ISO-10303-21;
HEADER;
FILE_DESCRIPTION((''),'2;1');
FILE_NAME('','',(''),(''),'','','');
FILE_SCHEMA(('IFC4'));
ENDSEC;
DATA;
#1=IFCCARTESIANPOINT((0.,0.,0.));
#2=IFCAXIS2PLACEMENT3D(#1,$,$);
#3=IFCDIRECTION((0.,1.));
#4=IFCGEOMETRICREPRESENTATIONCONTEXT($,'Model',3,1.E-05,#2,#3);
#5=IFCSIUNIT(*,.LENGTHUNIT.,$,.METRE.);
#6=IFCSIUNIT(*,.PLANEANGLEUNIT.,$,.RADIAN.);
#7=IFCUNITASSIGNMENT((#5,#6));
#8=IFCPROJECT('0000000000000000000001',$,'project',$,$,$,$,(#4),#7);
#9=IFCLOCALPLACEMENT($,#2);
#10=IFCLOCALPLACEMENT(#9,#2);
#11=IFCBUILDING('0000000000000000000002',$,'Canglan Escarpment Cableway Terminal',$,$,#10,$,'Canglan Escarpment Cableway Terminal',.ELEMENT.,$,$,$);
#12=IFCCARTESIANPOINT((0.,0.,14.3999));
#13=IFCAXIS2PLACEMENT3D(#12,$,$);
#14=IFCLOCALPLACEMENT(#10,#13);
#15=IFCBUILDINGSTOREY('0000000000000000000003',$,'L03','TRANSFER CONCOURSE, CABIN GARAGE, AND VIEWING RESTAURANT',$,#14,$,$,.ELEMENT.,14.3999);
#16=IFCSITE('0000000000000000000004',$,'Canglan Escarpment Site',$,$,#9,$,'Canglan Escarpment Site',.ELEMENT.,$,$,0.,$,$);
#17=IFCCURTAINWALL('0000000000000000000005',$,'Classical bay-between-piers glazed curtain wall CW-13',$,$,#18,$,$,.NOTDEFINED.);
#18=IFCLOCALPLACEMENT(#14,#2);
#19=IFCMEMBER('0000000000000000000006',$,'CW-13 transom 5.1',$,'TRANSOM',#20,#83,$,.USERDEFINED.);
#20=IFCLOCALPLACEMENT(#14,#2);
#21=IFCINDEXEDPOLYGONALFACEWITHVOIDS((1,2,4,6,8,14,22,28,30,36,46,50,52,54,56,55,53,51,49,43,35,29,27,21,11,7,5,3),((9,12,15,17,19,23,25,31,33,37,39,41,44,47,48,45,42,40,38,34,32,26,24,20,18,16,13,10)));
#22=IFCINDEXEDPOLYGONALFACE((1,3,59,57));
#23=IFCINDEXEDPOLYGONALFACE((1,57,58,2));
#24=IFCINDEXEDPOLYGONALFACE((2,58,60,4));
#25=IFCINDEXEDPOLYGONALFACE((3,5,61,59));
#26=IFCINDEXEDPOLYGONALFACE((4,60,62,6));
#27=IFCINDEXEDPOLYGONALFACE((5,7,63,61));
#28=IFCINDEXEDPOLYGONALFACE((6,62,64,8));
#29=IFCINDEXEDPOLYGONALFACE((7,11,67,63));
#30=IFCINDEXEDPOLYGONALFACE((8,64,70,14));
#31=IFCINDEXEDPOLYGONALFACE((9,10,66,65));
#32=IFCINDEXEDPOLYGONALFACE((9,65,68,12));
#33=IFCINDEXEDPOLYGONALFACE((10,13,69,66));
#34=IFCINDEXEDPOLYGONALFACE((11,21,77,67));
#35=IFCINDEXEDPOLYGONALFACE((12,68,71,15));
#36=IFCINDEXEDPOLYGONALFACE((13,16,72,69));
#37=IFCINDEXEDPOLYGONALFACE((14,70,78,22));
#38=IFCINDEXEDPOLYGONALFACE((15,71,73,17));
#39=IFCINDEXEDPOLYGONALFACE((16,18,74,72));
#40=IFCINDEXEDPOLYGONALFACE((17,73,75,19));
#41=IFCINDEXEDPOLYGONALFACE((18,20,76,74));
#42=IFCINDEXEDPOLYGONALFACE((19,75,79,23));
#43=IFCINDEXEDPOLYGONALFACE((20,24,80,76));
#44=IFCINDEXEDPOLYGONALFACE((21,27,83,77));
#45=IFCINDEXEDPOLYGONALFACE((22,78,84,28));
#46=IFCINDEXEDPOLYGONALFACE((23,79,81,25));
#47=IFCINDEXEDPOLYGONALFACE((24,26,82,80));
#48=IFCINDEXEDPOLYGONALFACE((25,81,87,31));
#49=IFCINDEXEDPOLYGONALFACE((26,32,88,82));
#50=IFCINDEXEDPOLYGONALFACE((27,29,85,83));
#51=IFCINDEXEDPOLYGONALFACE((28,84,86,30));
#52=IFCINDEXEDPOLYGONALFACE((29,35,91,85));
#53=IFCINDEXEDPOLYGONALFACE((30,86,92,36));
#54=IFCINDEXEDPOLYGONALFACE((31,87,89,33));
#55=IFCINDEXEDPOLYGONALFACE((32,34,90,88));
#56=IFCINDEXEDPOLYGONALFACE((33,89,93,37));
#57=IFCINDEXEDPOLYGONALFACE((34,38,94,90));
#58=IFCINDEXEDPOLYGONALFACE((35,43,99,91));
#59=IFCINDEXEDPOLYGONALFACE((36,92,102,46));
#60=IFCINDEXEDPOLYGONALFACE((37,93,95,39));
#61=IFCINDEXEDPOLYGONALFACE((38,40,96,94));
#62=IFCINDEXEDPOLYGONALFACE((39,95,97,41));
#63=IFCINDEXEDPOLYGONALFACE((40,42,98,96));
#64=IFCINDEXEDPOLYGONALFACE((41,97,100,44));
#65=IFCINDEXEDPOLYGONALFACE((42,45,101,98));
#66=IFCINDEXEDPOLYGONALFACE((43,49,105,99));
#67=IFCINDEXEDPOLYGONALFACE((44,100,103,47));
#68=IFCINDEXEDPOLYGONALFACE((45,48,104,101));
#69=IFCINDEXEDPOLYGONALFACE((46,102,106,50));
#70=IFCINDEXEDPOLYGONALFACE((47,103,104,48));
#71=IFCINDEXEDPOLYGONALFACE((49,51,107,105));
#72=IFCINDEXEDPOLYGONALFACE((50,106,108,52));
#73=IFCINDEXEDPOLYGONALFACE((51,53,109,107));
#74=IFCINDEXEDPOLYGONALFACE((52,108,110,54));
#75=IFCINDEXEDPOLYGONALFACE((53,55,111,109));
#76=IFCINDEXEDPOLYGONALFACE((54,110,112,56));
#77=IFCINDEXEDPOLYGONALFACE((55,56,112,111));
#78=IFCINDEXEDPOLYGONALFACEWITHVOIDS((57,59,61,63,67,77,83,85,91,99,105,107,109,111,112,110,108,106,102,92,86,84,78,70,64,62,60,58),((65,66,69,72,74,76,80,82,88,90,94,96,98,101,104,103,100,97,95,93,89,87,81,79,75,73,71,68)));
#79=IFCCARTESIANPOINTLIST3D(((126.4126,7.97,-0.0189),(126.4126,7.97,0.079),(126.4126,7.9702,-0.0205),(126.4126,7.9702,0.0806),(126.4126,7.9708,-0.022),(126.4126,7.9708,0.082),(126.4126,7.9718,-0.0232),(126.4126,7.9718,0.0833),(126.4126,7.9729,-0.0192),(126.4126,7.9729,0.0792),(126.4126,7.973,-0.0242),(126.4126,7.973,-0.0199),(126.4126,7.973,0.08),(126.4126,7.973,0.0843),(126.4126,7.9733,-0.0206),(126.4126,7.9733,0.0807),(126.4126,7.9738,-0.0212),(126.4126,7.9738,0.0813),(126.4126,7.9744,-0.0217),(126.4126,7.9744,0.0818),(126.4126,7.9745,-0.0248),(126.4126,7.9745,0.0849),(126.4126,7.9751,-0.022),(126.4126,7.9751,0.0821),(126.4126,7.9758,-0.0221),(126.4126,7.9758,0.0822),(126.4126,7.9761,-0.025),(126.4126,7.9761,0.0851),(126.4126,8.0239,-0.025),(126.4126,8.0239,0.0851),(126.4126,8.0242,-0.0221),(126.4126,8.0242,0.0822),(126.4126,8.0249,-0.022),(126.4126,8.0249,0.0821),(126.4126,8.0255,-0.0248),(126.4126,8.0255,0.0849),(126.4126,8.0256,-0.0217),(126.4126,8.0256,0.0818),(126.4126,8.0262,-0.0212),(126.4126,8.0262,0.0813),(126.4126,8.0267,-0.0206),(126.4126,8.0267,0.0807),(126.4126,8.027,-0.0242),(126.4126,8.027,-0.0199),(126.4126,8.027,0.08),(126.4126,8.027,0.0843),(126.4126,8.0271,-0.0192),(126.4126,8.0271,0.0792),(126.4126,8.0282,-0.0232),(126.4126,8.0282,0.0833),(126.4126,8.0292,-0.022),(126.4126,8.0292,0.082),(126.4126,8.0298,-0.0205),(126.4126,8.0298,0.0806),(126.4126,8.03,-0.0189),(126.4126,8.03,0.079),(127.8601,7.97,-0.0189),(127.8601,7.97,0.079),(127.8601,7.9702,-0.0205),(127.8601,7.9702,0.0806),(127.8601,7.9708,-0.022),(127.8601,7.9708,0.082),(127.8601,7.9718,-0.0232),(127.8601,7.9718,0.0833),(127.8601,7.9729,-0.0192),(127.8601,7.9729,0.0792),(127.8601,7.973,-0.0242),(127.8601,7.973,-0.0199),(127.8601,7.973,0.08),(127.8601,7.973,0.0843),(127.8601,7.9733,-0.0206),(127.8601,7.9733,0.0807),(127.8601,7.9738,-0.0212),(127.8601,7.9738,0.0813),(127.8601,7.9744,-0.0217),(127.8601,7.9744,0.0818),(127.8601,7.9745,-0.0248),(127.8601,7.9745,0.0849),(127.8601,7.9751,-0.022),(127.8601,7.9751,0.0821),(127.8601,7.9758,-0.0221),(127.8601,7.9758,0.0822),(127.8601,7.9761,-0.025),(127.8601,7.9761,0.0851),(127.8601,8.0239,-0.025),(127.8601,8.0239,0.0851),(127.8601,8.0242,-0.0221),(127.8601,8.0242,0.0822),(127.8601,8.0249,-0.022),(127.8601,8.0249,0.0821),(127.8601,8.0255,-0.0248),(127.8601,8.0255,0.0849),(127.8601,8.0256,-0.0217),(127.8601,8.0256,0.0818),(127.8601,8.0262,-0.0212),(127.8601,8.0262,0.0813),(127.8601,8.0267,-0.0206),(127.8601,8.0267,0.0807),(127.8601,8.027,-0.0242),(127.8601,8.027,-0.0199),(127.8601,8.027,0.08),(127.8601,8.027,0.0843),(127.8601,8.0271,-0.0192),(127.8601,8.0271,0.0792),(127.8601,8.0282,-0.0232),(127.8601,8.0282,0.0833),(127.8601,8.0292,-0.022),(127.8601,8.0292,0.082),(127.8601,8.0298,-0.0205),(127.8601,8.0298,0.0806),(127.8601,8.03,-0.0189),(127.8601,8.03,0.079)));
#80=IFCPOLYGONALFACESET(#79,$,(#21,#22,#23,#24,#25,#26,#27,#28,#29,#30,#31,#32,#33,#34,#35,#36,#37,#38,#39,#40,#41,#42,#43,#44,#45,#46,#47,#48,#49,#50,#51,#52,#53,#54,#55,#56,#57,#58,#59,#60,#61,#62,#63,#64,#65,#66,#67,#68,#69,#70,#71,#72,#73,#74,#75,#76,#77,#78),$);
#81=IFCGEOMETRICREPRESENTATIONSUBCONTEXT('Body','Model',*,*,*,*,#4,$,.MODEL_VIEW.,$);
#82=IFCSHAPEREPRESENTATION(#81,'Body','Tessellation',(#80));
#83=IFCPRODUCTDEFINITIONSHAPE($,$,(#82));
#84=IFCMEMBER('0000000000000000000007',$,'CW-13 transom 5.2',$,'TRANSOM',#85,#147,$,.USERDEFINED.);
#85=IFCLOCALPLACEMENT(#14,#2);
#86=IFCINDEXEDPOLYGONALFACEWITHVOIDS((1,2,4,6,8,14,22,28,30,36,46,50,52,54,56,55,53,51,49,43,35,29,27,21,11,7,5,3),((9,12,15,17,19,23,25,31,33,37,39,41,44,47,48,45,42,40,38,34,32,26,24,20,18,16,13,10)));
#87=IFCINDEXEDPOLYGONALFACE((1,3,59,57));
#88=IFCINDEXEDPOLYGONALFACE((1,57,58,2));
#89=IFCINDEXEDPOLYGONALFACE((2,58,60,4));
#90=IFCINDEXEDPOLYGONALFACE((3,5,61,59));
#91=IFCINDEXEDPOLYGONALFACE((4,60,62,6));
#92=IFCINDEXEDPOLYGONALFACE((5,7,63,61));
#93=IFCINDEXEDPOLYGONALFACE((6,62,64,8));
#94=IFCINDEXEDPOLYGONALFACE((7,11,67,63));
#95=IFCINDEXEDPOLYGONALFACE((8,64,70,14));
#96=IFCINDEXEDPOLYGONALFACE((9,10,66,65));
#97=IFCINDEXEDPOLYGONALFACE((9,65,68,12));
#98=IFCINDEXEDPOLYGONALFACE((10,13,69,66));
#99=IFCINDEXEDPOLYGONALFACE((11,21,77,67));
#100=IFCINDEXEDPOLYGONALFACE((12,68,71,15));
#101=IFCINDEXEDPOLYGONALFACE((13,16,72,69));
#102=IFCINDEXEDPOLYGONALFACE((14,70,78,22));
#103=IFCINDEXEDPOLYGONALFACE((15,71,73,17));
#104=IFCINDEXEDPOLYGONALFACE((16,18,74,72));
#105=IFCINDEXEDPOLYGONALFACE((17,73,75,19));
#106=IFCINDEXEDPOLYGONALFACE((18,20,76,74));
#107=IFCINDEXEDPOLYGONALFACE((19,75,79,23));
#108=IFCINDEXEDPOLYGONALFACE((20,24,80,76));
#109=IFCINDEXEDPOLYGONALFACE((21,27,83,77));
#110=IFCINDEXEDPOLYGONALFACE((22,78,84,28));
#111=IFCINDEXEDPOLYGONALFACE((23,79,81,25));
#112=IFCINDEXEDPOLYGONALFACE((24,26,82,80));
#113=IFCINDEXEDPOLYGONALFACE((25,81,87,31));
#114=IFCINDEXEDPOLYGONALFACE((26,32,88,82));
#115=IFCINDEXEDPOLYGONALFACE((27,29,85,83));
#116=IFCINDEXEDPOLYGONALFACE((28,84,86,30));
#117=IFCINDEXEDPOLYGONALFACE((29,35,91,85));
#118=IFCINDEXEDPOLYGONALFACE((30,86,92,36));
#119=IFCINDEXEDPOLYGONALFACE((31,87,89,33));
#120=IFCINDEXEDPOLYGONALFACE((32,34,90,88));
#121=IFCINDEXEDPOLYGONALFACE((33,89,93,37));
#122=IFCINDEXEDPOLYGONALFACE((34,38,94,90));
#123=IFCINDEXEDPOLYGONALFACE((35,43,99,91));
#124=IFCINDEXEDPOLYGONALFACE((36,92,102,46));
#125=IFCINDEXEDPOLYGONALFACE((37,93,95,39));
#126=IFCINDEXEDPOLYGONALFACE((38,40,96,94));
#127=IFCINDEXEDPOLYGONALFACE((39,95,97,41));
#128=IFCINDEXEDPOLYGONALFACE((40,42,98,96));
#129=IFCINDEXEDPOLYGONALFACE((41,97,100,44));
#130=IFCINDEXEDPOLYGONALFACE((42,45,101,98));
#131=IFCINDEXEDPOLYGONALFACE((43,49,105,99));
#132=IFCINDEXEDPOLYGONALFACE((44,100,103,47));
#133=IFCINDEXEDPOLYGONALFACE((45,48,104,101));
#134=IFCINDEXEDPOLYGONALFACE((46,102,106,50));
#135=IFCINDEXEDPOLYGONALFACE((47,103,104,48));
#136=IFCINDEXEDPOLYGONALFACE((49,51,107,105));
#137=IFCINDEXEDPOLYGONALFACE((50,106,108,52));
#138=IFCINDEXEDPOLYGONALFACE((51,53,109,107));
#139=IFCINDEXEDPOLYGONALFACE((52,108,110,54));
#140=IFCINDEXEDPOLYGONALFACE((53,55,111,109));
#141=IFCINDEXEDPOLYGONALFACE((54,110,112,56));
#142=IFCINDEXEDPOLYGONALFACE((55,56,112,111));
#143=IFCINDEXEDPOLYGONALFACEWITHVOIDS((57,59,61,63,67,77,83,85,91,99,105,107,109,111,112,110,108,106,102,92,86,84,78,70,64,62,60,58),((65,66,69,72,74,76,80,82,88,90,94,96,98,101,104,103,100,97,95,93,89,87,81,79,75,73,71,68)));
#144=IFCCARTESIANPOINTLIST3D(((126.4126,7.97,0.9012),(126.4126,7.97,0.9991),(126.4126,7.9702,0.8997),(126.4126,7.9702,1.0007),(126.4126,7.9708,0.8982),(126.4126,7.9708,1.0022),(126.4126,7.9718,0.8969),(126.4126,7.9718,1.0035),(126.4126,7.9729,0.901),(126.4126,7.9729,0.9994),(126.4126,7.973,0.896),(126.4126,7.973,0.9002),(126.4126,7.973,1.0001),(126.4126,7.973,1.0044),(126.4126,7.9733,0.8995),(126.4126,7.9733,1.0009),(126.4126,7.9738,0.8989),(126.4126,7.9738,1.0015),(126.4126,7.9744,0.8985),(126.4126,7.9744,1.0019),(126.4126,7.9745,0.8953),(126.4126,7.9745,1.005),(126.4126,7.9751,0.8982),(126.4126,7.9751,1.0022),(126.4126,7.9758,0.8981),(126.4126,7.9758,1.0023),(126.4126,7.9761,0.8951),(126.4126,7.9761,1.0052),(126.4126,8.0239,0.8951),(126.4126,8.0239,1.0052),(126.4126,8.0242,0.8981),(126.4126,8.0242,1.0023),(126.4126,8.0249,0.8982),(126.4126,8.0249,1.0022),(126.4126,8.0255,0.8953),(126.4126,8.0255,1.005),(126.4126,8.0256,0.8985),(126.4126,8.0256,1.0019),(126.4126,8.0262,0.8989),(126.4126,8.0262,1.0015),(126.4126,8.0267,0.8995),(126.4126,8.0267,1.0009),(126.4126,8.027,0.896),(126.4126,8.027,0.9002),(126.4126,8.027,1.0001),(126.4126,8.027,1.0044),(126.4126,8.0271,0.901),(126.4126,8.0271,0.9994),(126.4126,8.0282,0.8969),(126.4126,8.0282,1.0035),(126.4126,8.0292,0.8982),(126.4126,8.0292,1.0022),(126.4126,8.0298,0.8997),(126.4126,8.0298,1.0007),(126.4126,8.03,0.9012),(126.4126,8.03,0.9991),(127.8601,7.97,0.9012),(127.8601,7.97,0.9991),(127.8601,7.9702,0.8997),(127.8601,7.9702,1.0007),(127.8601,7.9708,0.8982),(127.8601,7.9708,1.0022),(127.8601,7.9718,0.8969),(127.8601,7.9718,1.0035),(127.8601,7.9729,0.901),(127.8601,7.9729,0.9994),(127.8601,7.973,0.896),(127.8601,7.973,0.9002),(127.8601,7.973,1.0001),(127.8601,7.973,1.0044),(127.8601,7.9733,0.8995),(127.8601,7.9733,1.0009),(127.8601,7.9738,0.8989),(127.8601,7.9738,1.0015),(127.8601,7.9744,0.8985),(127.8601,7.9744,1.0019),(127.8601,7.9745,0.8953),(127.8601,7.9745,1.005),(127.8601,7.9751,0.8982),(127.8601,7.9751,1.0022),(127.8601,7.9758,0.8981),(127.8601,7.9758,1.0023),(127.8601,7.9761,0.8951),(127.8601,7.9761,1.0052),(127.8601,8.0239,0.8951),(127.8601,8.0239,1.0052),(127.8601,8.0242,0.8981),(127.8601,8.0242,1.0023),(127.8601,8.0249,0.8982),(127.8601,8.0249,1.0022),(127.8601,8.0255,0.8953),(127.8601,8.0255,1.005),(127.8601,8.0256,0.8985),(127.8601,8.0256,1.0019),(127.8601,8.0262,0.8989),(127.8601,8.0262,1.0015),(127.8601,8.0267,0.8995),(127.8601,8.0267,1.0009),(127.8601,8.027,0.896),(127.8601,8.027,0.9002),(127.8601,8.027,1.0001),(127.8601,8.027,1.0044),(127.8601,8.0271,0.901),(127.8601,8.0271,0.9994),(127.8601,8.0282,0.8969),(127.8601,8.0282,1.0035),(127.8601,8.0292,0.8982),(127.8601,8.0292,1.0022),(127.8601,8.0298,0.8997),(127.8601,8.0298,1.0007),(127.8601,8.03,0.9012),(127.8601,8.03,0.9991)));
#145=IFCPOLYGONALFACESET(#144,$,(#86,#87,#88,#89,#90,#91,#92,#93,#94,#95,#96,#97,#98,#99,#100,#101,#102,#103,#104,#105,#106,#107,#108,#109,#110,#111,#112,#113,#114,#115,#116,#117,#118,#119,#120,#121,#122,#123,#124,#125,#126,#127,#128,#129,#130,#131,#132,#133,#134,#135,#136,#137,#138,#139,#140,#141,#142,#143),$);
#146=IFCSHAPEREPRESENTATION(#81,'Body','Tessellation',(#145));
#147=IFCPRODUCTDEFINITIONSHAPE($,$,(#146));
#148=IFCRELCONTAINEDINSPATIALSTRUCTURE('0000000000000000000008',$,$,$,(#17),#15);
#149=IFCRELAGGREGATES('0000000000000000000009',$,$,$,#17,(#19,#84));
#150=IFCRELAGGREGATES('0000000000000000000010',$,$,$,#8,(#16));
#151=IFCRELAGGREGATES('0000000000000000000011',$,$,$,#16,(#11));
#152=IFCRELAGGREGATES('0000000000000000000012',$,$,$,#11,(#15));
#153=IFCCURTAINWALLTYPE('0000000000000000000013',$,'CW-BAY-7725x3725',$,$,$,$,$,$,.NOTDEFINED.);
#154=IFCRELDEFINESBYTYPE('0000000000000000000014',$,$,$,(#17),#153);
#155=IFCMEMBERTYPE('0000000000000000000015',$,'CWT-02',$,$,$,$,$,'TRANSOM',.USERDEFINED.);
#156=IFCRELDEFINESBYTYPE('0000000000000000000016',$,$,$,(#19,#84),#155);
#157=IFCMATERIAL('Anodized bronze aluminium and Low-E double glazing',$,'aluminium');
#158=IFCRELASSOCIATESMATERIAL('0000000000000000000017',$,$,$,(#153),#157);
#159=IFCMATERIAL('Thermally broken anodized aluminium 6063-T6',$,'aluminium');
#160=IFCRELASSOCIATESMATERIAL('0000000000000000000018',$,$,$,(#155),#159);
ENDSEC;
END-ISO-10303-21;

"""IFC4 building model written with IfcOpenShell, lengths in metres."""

from ifc_helpers import new_model, si_unit, direction, frame, origin, origin_2d, place, context, subcontext, project, spatial, hollow_rectangle, extrude, material, material_profile, profile_set, type_object, element, aggregate, save


model = new_model("IFC4")

# Units and contexts
model_context = context("Model", 3, precision=1e-05, world=origin(), true_north=direction((0.0, 1.0)))
body_context = subcontext(model_context, "Body", "Model", "MODEL_VIEW")
ifc_project = project(units=[si_unit("LENGTHUNIT", "METRE"), si_unit("PLANEANGLEUNIT", "RADIAN")], contexts=[model_context])

# Site, building, storey
site_placement = place(None, origin())
site = spatial("IfcSite", under=ifc_project, at=site_placement, Name="Canglan Escarpment Site", LongName="Canglan Escarpment Site", CompositionType="ELEMENT", RefElevation=0.0)
building_placement = place(site_placement, origin())
building = spatial("IfcBuilding", under=site, at=building_placement, Name="Canglan Escarpment Cableway Terminal", LongName="Canglan Escarpment Cableway Terminal", CompositionType="ELEMENT")
storey_placement = place(building_placement, frame((0.0, 0.0, 14.3999)))
storey = spatial("IfcBuildingStorey", under=building, at=storey_placement, Name="L03", Description="TRANSFER CONCOURSE, CABIN GARAGE, AND VIEWING RESTAURANT", CompositionType="ELEMENT", Elevation=14.3999)

# Curtain wall, members
ifc_material_1 = material(Name="Anodized bronze aluminium and Low-E double glazing", Category="aluminium")
curtain_wall_type = type_object("IfcCurtainWallType", Name="CW-BAY-7725x3725", PredefinedType="NOTDEFINED", material=ifc_material_1)
curtain_wall_placement = place(storey_placement, origin())
curtain_wall = element("IfcCurtainWall", 1, at=curtain_wall_placement, inside=storey, type_object=curtain_wall_type, Name="Classical bay-between-piers glazed curtain wall CW-13", PredefinedType="NOTDEFINED")
ifc_material_2 = material(Name="Thermally broken anodized aluminium 6063-T6", Category="aluminium")
ifc_material_profile_1 = material_profile(ifc_material_2, hollow_rectangle(XDim=0.0601, YDim=0.1101, WallThickness=0.0029, InnerFilletRadius=0.0029, OuterFilletRadius=0.0061, at=origin_2d()), Name="ALU-TRAN 60x110x3")
ifc_profile_set_1 = profile_set([ifc_material_profile_1], Name="Thermally broken anodized aluminium 6063-T6")
member_type_1 = type_object("IfcMemberType", Name="CWT-02", ElementType="TRANSOM", PredefinedType="USERDEFINED", material=ifc_profile_set_1)
member_1_placement = place(storey_placement, frame((126.4126, 8.0, 0.03), z_axis=(1.0, 0.0, 0.0), x_axis=(0.0, 1.0, 0.0)))
member_1 = element("IfcMember", 2, at=member_1_placement, type_object=member_type_1, Name="CW-13 transom 5.1", ObjectType="TRANSOM", PredefinedType="USERDEFINED", context=body_context, shape_type="SweptSolid", body=[
    extrude(hollow_rectangle(XDim=0.0601, YDim=0.1101, WallThickness=0.0029, InnerFilletRadius=0.0029, OuterFilletRadius=0.0061, at=origin_2d()), origin(), (0.0, 0.0, 1.0), 1.4475),
])
member_2_placement = place(storey_placement, frame((126.4126, 8.0, 0.9502), z_axis=(1.0, 0.0, 0.0), x_axis=(0.0, 1.0, 0.0)))
member_2 = element("IfcMember", 3, at=member_2_placement, type_object=member_type_1, Name="CW-13 transom 5.2", ObjectType="TRANSOM", PredefinedType="USERDEFINED", context=body_context, shape_type="SweptSolid", body=[
    extrude(hollow_rectangle(XDim=0.0601, YDim=0.1101, WallThickness=0.0029, InnerFilletRadius=0.0029, OuterFilletRadius=0.0061, at=origin_2d()), origin(), (0.0, 0.0, 1.0), 1.4475),
])

aggregate(curtain_wall, [member_1, member_2])

save(model, "model.ifc")
